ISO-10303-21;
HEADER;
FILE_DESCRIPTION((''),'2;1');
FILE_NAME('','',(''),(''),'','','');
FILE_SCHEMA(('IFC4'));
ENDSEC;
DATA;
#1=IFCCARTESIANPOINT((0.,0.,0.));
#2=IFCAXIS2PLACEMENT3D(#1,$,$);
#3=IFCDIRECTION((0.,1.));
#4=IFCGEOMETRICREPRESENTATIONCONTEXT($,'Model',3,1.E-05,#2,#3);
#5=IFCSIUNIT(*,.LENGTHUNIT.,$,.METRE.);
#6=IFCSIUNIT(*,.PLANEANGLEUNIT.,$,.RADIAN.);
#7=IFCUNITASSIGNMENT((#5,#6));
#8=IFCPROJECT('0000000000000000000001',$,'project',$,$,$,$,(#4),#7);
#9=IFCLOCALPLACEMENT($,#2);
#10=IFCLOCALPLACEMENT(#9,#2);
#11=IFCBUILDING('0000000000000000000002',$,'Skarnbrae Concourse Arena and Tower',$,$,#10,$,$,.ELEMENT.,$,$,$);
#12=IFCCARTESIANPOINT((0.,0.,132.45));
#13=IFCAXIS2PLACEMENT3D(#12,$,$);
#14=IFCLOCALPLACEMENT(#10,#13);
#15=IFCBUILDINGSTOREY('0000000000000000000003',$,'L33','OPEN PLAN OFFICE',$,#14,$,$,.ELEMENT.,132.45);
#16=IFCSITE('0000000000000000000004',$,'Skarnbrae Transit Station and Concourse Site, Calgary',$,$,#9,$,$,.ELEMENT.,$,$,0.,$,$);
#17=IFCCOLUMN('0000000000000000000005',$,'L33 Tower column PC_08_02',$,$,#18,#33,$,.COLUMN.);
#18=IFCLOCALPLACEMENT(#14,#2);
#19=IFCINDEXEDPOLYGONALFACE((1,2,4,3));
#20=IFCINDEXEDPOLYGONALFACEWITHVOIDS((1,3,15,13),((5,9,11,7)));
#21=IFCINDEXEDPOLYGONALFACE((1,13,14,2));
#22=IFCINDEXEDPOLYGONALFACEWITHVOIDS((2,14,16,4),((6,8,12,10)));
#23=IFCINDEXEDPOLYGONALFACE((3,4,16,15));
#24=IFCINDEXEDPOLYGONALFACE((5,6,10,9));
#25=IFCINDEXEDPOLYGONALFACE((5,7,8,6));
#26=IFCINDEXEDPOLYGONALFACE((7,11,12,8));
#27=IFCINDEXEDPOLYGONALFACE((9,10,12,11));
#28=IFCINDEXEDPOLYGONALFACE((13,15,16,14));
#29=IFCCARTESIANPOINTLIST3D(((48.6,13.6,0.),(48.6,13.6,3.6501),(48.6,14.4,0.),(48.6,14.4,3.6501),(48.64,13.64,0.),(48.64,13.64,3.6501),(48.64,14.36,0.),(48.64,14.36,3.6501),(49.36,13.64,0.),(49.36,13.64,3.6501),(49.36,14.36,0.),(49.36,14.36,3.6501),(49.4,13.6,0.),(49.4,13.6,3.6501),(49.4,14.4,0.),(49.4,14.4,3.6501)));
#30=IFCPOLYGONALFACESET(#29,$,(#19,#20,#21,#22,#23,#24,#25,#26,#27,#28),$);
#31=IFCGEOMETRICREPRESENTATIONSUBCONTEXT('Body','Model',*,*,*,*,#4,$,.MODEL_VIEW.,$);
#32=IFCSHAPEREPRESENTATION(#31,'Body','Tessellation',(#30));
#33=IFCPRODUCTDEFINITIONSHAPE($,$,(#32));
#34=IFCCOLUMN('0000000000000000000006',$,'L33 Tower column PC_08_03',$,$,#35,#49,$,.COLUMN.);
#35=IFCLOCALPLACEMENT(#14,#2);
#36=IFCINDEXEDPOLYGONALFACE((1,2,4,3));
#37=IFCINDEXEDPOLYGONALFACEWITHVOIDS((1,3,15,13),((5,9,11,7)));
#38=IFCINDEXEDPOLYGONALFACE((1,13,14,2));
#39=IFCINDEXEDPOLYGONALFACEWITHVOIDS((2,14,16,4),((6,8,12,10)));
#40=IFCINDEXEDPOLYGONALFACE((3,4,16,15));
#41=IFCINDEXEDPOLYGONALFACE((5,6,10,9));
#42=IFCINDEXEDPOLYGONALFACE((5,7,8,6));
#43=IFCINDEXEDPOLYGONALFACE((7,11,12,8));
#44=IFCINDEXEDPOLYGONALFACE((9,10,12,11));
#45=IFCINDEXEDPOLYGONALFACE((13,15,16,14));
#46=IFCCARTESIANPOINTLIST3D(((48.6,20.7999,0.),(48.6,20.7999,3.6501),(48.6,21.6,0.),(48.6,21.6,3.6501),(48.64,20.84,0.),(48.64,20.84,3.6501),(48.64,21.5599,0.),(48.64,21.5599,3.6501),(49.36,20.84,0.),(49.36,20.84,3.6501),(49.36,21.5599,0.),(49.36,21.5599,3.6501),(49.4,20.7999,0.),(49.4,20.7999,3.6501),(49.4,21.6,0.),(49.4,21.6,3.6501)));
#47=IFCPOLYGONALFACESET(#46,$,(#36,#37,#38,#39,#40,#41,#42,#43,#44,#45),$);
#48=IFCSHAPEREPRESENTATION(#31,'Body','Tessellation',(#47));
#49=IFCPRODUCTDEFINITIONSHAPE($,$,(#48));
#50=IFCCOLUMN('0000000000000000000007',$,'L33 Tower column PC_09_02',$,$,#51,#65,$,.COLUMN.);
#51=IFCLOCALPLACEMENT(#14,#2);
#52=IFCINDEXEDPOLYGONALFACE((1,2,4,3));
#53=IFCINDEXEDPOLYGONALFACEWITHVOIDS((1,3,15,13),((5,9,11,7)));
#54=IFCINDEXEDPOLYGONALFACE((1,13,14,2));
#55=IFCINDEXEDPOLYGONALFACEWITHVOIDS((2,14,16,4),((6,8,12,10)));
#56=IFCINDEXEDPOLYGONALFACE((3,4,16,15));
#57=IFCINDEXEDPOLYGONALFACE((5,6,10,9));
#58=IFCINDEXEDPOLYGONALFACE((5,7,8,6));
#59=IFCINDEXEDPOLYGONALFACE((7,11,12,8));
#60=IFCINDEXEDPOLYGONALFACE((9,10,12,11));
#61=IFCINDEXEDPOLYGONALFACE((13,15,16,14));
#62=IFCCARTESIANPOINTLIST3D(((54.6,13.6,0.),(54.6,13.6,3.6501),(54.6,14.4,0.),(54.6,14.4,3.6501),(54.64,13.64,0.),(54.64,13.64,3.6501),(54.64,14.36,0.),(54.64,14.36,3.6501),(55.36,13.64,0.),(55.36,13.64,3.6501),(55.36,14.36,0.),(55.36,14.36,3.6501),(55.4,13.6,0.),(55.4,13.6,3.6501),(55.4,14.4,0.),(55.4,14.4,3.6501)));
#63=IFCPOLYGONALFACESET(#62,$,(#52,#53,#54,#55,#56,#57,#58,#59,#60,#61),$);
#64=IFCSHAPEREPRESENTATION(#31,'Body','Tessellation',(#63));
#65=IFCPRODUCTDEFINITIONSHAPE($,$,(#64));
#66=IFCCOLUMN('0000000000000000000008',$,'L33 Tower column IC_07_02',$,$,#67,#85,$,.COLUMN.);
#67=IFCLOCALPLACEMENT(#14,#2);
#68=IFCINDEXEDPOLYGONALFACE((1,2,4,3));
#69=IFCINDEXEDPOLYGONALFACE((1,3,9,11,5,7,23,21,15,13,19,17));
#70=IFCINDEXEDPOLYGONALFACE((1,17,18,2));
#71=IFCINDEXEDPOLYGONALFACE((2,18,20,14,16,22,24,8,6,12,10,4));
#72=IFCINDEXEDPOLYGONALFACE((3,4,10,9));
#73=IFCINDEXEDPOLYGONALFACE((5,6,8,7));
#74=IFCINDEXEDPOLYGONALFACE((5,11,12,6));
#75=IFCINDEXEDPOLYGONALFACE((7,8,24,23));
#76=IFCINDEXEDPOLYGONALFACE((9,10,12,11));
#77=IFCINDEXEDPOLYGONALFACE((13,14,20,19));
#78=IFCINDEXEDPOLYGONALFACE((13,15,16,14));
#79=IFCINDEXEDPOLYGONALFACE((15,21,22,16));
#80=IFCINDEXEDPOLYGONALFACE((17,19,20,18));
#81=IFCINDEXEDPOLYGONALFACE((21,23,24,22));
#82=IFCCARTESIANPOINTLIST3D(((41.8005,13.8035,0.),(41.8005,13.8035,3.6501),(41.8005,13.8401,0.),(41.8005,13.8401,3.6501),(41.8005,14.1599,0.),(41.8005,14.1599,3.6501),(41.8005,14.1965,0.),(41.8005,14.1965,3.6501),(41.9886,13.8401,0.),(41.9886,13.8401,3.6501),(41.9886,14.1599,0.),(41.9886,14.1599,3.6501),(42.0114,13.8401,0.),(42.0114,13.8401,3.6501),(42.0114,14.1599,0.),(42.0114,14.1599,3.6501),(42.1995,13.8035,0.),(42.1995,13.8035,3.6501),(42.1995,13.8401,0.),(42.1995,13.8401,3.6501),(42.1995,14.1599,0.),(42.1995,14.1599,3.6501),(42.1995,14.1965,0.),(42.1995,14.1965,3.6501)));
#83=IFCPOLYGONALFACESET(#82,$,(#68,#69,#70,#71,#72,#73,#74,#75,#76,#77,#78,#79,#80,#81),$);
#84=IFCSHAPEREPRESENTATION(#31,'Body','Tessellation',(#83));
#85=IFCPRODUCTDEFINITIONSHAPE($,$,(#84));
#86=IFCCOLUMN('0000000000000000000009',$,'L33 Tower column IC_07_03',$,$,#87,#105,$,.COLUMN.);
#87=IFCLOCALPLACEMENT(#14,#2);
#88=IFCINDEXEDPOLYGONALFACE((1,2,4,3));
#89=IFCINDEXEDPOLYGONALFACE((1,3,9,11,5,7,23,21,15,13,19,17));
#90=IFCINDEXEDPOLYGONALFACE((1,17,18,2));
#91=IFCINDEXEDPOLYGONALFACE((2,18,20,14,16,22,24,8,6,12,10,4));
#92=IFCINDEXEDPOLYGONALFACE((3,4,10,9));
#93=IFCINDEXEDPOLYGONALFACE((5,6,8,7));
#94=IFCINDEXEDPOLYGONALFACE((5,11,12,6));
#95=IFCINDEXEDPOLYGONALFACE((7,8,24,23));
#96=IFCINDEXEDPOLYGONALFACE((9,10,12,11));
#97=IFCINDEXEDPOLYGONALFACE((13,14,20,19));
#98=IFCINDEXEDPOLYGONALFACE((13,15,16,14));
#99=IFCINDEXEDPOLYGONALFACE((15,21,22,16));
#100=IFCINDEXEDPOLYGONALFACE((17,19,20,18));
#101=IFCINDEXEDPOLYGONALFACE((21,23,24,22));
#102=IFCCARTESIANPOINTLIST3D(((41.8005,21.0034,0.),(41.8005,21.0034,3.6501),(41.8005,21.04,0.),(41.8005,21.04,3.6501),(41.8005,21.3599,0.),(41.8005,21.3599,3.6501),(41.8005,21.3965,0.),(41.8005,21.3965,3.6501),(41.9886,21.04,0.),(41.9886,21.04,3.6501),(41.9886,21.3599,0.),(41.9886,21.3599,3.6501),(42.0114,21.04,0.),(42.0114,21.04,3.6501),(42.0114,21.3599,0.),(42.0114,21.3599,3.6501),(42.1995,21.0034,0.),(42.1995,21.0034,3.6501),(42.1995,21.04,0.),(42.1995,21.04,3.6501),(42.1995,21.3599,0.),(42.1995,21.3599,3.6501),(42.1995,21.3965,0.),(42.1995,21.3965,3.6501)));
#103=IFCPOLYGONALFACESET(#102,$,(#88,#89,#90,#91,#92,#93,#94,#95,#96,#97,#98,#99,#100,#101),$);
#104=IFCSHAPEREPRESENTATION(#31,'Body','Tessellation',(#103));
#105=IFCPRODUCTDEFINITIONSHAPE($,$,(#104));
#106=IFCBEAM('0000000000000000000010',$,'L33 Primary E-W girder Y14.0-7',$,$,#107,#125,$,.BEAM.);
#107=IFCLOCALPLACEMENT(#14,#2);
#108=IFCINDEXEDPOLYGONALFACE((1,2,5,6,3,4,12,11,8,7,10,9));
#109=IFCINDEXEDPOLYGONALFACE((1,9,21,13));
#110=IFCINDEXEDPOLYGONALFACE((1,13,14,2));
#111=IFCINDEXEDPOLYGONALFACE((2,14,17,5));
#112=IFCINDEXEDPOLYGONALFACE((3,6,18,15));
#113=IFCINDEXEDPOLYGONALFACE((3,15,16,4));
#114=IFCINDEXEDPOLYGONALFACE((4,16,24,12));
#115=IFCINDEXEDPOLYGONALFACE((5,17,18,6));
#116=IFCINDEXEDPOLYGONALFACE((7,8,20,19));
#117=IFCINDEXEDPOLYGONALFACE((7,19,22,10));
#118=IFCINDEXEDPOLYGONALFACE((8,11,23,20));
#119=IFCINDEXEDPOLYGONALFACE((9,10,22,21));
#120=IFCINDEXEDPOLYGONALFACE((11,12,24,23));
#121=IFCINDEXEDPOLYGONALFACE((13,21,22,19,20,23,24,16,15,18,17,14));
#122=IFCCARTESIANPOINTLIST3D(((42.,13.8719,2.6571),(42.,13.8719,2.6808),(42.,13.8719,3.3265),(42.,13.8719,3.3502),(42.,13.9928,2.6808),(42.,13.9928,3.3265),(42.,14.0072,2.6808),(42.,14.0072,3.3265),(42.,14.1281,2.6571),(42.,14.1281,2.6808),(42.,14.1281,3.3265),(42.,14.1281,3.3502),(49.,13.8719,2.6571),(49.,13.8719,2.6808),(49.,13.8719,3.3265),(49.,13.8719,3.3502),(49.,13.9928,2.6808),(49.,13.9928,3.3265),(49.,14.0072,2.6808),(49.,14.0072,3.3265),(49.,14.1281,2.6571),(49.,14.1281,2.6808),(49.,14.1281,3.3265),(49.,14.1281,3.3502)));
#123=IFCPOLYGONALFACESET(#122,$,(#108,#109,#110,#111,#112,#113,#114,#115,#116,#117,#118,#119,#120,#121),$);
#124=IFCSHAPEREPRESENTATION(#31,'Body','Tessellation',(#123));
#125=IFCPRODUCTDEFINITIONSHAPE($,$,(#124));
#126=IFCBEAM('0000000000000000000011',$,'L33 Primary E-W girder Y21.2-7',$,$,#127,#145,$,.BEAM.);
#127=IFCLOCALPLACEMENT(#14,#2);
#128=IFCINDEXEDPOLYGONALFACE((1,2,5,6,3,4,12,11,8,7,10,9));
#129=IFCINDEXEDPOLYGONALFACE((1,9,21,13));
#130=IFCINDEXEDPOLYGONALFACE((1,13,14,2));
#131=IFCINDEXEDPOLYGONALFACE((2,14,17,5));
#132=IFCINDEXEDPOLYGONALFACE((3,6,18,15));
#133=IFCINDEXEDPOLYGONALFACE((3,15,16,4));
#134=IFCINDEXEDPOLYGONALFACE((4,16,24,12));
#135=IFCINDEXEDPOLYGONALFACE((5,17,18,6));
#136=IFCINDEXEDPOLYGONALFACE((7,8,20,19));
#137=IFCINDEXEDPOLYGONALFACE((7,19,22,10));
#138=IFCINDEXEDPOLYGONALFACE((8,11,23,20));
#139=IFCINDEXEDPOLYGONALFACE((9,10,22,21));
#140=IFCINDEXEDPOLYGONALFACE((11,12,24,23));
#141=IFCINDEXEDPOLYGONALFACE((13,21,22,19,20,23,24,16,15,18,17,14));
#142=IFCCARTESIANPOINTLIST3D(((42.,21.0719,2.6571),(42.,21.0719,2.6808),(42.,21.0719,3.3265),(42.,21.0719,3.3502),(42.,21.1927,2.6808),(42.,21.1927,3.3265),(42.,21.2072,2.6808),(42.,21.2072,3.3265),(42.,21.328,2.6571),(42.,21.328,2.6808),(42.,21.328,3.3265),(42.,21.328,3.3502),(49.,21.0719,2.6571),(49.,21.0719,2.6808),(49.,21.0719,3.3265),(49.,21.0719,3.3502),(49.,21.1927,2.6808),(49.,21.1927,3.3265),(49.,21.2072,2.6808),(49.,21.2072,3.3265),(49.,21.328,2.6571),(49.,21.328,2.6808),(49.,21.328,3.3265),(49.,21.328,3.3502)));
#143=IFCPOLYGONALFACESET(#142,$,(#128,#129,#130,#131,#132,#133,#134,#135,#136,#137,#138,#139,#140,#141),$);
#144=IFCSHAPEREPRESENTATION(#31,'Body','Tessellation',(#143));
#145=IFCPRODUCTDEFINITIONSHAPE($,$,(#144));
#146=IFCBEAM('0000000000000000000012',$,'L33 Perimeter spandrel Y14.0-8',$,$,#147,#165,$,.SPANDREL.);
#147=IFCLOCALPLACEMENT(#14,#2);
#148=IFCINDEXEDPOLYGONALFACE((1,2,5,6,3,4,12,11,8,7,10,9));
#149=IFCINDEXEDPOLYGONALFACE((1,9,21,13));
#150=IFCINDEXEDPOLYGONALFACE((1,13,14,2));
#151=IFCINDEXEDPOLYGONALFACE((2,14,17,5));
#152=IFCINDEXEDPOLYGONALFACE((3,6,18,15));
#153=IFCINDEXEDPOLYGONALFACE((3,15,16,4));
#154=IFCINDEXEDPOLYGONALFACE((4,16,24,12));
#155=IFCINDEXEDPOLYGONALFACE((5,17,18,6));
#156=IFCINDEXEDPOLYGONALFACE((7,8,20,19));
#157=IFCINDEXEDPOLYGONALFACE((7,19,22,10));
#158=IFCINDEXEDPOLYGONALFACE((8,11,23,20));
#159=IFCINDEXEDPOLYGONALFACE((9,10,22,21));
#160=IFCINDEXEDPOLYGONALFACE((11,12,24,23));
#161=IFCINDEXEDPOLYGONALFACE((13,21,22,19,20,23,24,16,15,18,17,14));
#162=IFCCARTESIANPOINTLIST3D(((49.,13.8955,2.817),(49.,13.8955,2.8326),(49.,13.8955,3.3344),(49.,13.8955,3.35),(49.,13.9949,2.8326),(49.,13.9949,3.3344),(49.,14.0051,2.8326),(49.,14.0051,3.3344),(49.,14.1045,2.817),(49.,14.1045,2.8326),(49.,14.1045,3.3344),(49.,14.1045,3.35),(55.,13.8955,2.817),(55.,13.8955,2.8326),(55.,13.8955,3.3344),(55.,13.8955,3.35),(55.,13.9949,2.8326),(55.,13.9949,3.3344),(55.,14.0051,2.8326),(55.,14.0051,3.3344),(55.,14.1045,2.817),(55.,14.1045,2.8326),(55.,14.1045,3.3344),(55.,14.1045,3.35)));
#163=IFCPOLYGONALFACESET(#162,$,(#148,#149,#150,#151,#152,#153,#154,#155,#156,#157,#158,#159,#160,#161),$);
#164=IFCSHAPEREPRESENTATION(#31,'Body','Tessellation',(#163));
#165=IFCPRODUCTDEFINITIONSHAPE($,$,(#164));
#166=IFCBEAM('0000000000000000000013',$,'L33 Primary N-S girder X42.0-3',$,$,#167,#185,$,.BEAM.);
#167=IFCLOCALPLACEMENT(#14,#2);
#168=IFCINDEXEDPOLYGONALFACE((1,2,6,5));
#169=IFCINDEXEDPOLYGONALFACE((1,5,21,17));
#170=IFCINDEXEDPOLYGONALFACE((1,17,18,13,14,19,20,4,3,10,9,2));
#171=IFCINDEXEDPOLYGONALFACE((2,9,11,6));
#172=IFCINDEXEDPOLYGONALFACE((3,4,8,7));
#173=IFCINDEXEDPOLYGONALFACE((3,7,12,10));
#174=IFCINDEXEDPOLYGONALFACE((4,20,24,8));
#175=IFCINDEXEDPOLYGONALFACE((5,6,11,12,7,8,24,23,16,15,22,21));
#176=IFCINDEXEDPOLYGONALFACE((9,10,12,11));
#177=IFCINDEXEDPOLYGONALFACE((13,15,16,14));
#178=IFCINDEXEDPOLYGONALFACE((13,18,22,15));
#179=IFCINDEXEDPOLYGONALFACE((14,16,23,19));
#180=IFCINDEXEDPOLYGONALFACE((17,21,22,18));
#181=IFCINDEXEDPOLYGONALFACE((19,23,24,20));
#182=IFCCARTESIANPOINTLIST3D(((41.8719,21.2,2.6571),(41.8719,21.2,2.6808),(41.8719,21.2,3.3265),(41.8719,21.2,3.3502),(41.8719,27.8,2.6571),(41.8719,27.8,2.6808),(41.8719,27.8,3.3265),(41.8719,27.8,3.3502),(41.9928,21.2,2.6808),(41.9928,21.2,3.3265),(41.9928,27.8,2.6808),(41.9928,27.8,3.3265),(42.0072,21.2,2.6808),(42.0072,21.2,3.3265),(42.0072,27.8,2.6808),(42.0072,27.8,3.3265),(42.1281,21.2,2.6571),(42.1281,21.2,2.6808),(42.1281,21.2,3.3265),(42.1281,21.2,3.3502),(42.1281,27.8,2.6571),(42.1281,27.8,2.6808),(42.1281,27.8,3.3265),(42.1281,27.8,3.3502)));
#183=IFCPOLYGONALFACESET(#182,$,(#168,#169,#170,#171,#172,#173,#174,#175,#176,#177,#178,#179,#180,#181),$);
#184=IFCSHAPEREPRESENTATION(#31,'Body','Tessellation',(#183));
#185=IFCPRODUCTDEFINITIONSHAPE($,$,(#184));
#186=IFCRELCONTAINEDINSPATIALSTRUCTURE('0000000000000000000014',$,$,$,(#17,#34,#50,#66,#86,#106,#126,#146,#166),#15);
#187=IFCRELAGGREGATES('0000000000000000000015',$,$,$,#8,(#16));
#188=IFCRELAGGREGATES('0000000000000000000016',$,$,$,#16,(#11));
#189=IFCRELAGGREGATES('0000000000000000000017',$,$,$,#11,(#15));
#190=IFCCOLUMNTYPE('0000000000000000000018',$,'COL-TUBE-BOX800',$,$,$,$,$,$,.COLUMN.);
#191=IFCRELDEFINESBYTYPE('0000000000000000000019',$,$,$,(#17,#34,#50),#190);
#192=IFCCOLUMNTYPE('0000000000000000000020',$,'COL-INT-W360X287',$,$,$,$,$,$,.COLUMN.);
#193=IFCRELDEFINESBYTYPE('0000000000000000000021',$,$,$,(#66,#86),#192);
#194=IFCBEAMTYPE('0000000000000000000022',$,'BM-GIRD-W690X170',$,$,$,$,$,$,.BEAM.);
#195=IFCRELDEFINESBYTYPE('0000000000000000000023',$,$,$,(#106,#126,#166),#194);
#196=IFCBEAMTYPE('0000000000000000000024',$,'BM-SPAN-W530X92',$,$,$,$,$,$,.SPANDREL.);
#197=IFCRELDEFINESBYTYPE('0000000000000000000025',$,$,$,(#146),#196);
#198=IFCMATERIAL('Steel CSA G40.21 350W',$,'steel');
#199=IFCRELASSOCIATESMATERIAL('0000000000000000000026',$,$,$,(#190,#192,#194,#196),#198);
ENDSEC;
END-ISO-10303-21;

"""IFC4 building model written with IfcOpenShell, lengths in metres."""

from ifc_helpers import new_model, si_unit, direction, frame, origin, origin_2d, place, context, subcontext, project, spatial, hollow_rectangle, i_section, extrude, source, transform, mapped, material, material_profile, profile_set, type_object, element, save


model = new_model("IFC4")

# Units and contexts
model_context = context("Model", 3, precision=1e-05, world=origin(), true_north=direction((0.0, 1.0)))
body_context = subcontext(model_context, "Body", "Model", "MODEL_VIEW")
ifc_project = project(units=[si_unit("LENGTHUNIT", "METRE"), si_unit("PLANEANGLEUNIT", "RADIAN")], contexts=[model_context])

# Site, building, storey
site_placement = place(None, origin())
site = spatial("IfcSite", under=ifc_project, at=site_placement, Name="Skarnbrae Transit Station and Concourse Site, Calgary", CompositionType="ELEMENT", RefElevation=0.0)
building_placement = place(site_placement, origin())
building = spatial("IfcBuilding", under=site, at=building_placement, Name="Skarnbrae Concourse Arena and Tower", CompositionType="ELEMENT")
storey_placement = place(building_placement, frame((0.0, 0.0, 132.45)))
storey = spatial("IfcBuildingStorey", under=building, at=storey_placement, Name="L33", Description="OPEN PLAN OFFICE", CompositionType="ELEMENT", Elevation=132.45)

# Columns
ifc_material_1 = material(Name="Steel CSA G40.21 350W", Category="steel")
ifc_material_profile_1 = material_profile(ifc_material_1, hollow_rectangle(XDim=0.8, YDim=0.8, WallThickness=0.04, at=origin_2d()), Name="BOX800X800X40")
ifc_profile_set_1 = profile_set([ifc_material_profile_1], Name="Steel CSA G40.21 350W")
column_type_1 = type_object("IfcColumnType", Name="COL-TUBE-BOX800", PredefinedType="COLUMN", material=ifc_profile_set_1)
shared_shape_1 = source(origin(), body_context, "Body", "SweptSolid", [
    extrude(hollow_rectangle(XDim=0.8, YDim=0.8, WallThickness=0.04, at=origin_2d()), origin(), (0.0, 0.0, 1.0), 3.6501),
])
for number, where, z_axis, x_axis, name in (
    (1, (49.0, 14.0, 0.0), (0.0, 0.0, 1.0), (1.0, 0.0, 0.0), "L33 Tower column PC_08_02"),
    (2, (49.0, 21.2, 0.0), (0.0, 0.0, 1.0), (1.0, 0.0, 0.0), "L33 Tower column PC_08_03"),
    (3, (55.0, 14.0, 0.0), (0.0, 0.0, 1.0), (1.0, 0.0, 0.0), "L33 Tower column PC_09_02"),
):
    element("IfcColumn", number, at=place(storey_placement, frame(where, z_axis=z_axis, x_axis=x_axis)), inside=storey, type_object=column_type_1, Name=name, PredefinedType="COLUMN", context=body_context, shape_type="MappedRepresentation", body=[
        mapped(shared_shape_1, transform((0.0, 0.0, 0.0))),
    ])
ifc_material_profile_2 = material_profile(ifc_material_1, i_section(OverallWidth=0.3989, OverallDepth=0.3931, WebThickness=0.0227, FlangeThickness=0.0366, at=origin_2d()), Name="W360X287")
ifc_profile_set_2 = profile_set([ifc_material_profile_2], Name="Steel CSA G40.21 350W")
column_type_2 = type_object("IfcColumnType", Name="COL-INT-W360X287", PredefinedType="COLUMN", material=ifc_profile_set_2)
shared_shape_2 = source(origin(), body_context, "Body", "SweptSolid", [
    extrude(i_section(OverallWidth=0.3989, OverallDepth=0.3931, WebThickness=0.0227, FlangeThickness=0.0366, at=origin_2d()), origin(), (0.0, 0.0, 1.0), 3.6501),
])
for number, where, z_axis, x_axis, name in (
    (4, (42.0, 14.0, 0.0), (0.0, 0.0, 1.0), (1.0, 0.0, 0.0), "L33 Tower column IC_07_02"),
    (5, (42.0, 21.2, 0.0), (0.0, 0.0, 1.0), (1.0, 0.0, 0.0), "L33 Tower column IC_07_03"),
):
    element("IfcColumn", number, at=place(storey_placement, frame(where, z_axis=z_axis, x_axis=x_axis)), inside=storey, type_object=column_type_2, Name=name, PredefinedType="COLUMN", context=body_context, shape_type="MappedRepresentation", body=[
        mapped(shared_shape_2, transform((0.0, 0.0, 0.0))),
    ])

# Beams
ifc_material_profile_3 = material_profile(ifc_material_1, i_section(OverallWidth=0.2561, OverallDepth=0.6931, WebThickness=0.0144, FlangeThickness=0.0237, at=origin_2d()), Name="W690X170")
ifc_profile_set_3 = profile_set([ifc_material_profile_3], Name="Steel CSA G40.21 350W")
beam_type_1 = type_object("IfcBeamType", Name="BM-GIRD-W690X170", PredefinedType="BEAM", material=ifc_profile_set_3)
shared_shape_3 = source(origin(), body_context, "Body", "SweptSolid", [
    extrude(i_section(OverallWidth=0.2561, OverallDepth=0.6931, WebThickness=0.0144, FlangeThickness=0.0237, at=origin_2d()), origin(), (0.0, 0.0, 1.0), 7.0),
])
for number, where, z_axis, x_axis, name in (
    (6, (42.0, 14.0, 3.0037), (1.0, 0.0, 0.0), (0.0, 1.0, 0.0), "L33 Primary E-W girder Y14.0-7"),
    (7, (42.0, 21.2, 3.0037), (1.0, 0.0, 0.0), (0.0, 1.0, 0.0), "L33 Primary E-W girder Y21.2-7"),
):
    element("IfcBeam", number, at=place(storey_placement, frame(where, z_axis=z_axis, x_axis=x_axis)), inside=storey, type_object=beam_type_1, Name=name, PredefinedType="BEAM", context=body_context, shape_type="MappedRepresentation", body=[
        mapped(shared_shape_3, transform((0.0, 0.0, 0.0))),
    ])
ifc_material_profile_4 = material_profile(ifc_material_1, i_section(OverallWidth=0.209, OverallDepth=0.533, WebThickness=0.0103, FlangeThickness=0.0156, at=origin_2d()), Name="W530X92")
ifc_profile_set_4 = profile_set([ifc_material_profile_4], Name="Steel CSA G40.21 350W")
beam_type_2 = type_object("IfcBeamType", Name="BM-SPAN-W530X92", PredefinedType="SPANDREL", material=ifc_profile_set_4)
shared_shape_4 = source(origin(), body_context, "Body", "SweptSolid", [
    extrude(i_section(OverallWidth=0.209, OverallDepth=0.533, WebThickness=0.0103, FlangeThickness=0.0156, at=origin_2d()), origin(), (0.0, 0.0, 1.0), 6.0),
])
beam_1_placement = place(storey_placement, frame((49.0, 14.0, 3.0835), z_axis=(1.0, 0.0, 0.0), x_axis=(0.0, 1.0, 0.0)))
element("IfcBeam", 8, at=beam_1_placement, inside=storey, type_object=beam_type_2, Name="L33 Perimeter spandrel Y14.0-8", PredefinedType="SPANDREL", context=body_context, shape_type="MappedRepresentation", body=[
    mapped(shared_shape_4, transform((0.0, 0.0, 0.0))),
])
shared_shape_5 = source(origin(), body_context, "Body", "SweptSolid", [
    extrude(i_section(OverallWidth=0.2561, OverallDepth=0.6931, WebThickness=0.0144, FlangeThickness=0.0237, at=origin_2d()), origin(), (0.0, 0.0, 1.0), 6.6001),
])
beam_2_placement = place(storey_placement, frame((42.0, 21.2, 3.0037), z_axis=(0.0, 1.0, 0.0), x_axis=(-1.0, 0.0, 0.0)))
element("IfcBeam", 9, at=beam_2_placement, inside=storey, type_object=beam_type_1, Name="L33 Primary N-S girder X42.0-3", PredefinedType="BEAM", context=body_context, shape_type="MappedRepresentation", body=[
    mapped(shared_shape_5, transform((0.0, 0.0, 0.0))),
])

save(model, "model.ifc")
